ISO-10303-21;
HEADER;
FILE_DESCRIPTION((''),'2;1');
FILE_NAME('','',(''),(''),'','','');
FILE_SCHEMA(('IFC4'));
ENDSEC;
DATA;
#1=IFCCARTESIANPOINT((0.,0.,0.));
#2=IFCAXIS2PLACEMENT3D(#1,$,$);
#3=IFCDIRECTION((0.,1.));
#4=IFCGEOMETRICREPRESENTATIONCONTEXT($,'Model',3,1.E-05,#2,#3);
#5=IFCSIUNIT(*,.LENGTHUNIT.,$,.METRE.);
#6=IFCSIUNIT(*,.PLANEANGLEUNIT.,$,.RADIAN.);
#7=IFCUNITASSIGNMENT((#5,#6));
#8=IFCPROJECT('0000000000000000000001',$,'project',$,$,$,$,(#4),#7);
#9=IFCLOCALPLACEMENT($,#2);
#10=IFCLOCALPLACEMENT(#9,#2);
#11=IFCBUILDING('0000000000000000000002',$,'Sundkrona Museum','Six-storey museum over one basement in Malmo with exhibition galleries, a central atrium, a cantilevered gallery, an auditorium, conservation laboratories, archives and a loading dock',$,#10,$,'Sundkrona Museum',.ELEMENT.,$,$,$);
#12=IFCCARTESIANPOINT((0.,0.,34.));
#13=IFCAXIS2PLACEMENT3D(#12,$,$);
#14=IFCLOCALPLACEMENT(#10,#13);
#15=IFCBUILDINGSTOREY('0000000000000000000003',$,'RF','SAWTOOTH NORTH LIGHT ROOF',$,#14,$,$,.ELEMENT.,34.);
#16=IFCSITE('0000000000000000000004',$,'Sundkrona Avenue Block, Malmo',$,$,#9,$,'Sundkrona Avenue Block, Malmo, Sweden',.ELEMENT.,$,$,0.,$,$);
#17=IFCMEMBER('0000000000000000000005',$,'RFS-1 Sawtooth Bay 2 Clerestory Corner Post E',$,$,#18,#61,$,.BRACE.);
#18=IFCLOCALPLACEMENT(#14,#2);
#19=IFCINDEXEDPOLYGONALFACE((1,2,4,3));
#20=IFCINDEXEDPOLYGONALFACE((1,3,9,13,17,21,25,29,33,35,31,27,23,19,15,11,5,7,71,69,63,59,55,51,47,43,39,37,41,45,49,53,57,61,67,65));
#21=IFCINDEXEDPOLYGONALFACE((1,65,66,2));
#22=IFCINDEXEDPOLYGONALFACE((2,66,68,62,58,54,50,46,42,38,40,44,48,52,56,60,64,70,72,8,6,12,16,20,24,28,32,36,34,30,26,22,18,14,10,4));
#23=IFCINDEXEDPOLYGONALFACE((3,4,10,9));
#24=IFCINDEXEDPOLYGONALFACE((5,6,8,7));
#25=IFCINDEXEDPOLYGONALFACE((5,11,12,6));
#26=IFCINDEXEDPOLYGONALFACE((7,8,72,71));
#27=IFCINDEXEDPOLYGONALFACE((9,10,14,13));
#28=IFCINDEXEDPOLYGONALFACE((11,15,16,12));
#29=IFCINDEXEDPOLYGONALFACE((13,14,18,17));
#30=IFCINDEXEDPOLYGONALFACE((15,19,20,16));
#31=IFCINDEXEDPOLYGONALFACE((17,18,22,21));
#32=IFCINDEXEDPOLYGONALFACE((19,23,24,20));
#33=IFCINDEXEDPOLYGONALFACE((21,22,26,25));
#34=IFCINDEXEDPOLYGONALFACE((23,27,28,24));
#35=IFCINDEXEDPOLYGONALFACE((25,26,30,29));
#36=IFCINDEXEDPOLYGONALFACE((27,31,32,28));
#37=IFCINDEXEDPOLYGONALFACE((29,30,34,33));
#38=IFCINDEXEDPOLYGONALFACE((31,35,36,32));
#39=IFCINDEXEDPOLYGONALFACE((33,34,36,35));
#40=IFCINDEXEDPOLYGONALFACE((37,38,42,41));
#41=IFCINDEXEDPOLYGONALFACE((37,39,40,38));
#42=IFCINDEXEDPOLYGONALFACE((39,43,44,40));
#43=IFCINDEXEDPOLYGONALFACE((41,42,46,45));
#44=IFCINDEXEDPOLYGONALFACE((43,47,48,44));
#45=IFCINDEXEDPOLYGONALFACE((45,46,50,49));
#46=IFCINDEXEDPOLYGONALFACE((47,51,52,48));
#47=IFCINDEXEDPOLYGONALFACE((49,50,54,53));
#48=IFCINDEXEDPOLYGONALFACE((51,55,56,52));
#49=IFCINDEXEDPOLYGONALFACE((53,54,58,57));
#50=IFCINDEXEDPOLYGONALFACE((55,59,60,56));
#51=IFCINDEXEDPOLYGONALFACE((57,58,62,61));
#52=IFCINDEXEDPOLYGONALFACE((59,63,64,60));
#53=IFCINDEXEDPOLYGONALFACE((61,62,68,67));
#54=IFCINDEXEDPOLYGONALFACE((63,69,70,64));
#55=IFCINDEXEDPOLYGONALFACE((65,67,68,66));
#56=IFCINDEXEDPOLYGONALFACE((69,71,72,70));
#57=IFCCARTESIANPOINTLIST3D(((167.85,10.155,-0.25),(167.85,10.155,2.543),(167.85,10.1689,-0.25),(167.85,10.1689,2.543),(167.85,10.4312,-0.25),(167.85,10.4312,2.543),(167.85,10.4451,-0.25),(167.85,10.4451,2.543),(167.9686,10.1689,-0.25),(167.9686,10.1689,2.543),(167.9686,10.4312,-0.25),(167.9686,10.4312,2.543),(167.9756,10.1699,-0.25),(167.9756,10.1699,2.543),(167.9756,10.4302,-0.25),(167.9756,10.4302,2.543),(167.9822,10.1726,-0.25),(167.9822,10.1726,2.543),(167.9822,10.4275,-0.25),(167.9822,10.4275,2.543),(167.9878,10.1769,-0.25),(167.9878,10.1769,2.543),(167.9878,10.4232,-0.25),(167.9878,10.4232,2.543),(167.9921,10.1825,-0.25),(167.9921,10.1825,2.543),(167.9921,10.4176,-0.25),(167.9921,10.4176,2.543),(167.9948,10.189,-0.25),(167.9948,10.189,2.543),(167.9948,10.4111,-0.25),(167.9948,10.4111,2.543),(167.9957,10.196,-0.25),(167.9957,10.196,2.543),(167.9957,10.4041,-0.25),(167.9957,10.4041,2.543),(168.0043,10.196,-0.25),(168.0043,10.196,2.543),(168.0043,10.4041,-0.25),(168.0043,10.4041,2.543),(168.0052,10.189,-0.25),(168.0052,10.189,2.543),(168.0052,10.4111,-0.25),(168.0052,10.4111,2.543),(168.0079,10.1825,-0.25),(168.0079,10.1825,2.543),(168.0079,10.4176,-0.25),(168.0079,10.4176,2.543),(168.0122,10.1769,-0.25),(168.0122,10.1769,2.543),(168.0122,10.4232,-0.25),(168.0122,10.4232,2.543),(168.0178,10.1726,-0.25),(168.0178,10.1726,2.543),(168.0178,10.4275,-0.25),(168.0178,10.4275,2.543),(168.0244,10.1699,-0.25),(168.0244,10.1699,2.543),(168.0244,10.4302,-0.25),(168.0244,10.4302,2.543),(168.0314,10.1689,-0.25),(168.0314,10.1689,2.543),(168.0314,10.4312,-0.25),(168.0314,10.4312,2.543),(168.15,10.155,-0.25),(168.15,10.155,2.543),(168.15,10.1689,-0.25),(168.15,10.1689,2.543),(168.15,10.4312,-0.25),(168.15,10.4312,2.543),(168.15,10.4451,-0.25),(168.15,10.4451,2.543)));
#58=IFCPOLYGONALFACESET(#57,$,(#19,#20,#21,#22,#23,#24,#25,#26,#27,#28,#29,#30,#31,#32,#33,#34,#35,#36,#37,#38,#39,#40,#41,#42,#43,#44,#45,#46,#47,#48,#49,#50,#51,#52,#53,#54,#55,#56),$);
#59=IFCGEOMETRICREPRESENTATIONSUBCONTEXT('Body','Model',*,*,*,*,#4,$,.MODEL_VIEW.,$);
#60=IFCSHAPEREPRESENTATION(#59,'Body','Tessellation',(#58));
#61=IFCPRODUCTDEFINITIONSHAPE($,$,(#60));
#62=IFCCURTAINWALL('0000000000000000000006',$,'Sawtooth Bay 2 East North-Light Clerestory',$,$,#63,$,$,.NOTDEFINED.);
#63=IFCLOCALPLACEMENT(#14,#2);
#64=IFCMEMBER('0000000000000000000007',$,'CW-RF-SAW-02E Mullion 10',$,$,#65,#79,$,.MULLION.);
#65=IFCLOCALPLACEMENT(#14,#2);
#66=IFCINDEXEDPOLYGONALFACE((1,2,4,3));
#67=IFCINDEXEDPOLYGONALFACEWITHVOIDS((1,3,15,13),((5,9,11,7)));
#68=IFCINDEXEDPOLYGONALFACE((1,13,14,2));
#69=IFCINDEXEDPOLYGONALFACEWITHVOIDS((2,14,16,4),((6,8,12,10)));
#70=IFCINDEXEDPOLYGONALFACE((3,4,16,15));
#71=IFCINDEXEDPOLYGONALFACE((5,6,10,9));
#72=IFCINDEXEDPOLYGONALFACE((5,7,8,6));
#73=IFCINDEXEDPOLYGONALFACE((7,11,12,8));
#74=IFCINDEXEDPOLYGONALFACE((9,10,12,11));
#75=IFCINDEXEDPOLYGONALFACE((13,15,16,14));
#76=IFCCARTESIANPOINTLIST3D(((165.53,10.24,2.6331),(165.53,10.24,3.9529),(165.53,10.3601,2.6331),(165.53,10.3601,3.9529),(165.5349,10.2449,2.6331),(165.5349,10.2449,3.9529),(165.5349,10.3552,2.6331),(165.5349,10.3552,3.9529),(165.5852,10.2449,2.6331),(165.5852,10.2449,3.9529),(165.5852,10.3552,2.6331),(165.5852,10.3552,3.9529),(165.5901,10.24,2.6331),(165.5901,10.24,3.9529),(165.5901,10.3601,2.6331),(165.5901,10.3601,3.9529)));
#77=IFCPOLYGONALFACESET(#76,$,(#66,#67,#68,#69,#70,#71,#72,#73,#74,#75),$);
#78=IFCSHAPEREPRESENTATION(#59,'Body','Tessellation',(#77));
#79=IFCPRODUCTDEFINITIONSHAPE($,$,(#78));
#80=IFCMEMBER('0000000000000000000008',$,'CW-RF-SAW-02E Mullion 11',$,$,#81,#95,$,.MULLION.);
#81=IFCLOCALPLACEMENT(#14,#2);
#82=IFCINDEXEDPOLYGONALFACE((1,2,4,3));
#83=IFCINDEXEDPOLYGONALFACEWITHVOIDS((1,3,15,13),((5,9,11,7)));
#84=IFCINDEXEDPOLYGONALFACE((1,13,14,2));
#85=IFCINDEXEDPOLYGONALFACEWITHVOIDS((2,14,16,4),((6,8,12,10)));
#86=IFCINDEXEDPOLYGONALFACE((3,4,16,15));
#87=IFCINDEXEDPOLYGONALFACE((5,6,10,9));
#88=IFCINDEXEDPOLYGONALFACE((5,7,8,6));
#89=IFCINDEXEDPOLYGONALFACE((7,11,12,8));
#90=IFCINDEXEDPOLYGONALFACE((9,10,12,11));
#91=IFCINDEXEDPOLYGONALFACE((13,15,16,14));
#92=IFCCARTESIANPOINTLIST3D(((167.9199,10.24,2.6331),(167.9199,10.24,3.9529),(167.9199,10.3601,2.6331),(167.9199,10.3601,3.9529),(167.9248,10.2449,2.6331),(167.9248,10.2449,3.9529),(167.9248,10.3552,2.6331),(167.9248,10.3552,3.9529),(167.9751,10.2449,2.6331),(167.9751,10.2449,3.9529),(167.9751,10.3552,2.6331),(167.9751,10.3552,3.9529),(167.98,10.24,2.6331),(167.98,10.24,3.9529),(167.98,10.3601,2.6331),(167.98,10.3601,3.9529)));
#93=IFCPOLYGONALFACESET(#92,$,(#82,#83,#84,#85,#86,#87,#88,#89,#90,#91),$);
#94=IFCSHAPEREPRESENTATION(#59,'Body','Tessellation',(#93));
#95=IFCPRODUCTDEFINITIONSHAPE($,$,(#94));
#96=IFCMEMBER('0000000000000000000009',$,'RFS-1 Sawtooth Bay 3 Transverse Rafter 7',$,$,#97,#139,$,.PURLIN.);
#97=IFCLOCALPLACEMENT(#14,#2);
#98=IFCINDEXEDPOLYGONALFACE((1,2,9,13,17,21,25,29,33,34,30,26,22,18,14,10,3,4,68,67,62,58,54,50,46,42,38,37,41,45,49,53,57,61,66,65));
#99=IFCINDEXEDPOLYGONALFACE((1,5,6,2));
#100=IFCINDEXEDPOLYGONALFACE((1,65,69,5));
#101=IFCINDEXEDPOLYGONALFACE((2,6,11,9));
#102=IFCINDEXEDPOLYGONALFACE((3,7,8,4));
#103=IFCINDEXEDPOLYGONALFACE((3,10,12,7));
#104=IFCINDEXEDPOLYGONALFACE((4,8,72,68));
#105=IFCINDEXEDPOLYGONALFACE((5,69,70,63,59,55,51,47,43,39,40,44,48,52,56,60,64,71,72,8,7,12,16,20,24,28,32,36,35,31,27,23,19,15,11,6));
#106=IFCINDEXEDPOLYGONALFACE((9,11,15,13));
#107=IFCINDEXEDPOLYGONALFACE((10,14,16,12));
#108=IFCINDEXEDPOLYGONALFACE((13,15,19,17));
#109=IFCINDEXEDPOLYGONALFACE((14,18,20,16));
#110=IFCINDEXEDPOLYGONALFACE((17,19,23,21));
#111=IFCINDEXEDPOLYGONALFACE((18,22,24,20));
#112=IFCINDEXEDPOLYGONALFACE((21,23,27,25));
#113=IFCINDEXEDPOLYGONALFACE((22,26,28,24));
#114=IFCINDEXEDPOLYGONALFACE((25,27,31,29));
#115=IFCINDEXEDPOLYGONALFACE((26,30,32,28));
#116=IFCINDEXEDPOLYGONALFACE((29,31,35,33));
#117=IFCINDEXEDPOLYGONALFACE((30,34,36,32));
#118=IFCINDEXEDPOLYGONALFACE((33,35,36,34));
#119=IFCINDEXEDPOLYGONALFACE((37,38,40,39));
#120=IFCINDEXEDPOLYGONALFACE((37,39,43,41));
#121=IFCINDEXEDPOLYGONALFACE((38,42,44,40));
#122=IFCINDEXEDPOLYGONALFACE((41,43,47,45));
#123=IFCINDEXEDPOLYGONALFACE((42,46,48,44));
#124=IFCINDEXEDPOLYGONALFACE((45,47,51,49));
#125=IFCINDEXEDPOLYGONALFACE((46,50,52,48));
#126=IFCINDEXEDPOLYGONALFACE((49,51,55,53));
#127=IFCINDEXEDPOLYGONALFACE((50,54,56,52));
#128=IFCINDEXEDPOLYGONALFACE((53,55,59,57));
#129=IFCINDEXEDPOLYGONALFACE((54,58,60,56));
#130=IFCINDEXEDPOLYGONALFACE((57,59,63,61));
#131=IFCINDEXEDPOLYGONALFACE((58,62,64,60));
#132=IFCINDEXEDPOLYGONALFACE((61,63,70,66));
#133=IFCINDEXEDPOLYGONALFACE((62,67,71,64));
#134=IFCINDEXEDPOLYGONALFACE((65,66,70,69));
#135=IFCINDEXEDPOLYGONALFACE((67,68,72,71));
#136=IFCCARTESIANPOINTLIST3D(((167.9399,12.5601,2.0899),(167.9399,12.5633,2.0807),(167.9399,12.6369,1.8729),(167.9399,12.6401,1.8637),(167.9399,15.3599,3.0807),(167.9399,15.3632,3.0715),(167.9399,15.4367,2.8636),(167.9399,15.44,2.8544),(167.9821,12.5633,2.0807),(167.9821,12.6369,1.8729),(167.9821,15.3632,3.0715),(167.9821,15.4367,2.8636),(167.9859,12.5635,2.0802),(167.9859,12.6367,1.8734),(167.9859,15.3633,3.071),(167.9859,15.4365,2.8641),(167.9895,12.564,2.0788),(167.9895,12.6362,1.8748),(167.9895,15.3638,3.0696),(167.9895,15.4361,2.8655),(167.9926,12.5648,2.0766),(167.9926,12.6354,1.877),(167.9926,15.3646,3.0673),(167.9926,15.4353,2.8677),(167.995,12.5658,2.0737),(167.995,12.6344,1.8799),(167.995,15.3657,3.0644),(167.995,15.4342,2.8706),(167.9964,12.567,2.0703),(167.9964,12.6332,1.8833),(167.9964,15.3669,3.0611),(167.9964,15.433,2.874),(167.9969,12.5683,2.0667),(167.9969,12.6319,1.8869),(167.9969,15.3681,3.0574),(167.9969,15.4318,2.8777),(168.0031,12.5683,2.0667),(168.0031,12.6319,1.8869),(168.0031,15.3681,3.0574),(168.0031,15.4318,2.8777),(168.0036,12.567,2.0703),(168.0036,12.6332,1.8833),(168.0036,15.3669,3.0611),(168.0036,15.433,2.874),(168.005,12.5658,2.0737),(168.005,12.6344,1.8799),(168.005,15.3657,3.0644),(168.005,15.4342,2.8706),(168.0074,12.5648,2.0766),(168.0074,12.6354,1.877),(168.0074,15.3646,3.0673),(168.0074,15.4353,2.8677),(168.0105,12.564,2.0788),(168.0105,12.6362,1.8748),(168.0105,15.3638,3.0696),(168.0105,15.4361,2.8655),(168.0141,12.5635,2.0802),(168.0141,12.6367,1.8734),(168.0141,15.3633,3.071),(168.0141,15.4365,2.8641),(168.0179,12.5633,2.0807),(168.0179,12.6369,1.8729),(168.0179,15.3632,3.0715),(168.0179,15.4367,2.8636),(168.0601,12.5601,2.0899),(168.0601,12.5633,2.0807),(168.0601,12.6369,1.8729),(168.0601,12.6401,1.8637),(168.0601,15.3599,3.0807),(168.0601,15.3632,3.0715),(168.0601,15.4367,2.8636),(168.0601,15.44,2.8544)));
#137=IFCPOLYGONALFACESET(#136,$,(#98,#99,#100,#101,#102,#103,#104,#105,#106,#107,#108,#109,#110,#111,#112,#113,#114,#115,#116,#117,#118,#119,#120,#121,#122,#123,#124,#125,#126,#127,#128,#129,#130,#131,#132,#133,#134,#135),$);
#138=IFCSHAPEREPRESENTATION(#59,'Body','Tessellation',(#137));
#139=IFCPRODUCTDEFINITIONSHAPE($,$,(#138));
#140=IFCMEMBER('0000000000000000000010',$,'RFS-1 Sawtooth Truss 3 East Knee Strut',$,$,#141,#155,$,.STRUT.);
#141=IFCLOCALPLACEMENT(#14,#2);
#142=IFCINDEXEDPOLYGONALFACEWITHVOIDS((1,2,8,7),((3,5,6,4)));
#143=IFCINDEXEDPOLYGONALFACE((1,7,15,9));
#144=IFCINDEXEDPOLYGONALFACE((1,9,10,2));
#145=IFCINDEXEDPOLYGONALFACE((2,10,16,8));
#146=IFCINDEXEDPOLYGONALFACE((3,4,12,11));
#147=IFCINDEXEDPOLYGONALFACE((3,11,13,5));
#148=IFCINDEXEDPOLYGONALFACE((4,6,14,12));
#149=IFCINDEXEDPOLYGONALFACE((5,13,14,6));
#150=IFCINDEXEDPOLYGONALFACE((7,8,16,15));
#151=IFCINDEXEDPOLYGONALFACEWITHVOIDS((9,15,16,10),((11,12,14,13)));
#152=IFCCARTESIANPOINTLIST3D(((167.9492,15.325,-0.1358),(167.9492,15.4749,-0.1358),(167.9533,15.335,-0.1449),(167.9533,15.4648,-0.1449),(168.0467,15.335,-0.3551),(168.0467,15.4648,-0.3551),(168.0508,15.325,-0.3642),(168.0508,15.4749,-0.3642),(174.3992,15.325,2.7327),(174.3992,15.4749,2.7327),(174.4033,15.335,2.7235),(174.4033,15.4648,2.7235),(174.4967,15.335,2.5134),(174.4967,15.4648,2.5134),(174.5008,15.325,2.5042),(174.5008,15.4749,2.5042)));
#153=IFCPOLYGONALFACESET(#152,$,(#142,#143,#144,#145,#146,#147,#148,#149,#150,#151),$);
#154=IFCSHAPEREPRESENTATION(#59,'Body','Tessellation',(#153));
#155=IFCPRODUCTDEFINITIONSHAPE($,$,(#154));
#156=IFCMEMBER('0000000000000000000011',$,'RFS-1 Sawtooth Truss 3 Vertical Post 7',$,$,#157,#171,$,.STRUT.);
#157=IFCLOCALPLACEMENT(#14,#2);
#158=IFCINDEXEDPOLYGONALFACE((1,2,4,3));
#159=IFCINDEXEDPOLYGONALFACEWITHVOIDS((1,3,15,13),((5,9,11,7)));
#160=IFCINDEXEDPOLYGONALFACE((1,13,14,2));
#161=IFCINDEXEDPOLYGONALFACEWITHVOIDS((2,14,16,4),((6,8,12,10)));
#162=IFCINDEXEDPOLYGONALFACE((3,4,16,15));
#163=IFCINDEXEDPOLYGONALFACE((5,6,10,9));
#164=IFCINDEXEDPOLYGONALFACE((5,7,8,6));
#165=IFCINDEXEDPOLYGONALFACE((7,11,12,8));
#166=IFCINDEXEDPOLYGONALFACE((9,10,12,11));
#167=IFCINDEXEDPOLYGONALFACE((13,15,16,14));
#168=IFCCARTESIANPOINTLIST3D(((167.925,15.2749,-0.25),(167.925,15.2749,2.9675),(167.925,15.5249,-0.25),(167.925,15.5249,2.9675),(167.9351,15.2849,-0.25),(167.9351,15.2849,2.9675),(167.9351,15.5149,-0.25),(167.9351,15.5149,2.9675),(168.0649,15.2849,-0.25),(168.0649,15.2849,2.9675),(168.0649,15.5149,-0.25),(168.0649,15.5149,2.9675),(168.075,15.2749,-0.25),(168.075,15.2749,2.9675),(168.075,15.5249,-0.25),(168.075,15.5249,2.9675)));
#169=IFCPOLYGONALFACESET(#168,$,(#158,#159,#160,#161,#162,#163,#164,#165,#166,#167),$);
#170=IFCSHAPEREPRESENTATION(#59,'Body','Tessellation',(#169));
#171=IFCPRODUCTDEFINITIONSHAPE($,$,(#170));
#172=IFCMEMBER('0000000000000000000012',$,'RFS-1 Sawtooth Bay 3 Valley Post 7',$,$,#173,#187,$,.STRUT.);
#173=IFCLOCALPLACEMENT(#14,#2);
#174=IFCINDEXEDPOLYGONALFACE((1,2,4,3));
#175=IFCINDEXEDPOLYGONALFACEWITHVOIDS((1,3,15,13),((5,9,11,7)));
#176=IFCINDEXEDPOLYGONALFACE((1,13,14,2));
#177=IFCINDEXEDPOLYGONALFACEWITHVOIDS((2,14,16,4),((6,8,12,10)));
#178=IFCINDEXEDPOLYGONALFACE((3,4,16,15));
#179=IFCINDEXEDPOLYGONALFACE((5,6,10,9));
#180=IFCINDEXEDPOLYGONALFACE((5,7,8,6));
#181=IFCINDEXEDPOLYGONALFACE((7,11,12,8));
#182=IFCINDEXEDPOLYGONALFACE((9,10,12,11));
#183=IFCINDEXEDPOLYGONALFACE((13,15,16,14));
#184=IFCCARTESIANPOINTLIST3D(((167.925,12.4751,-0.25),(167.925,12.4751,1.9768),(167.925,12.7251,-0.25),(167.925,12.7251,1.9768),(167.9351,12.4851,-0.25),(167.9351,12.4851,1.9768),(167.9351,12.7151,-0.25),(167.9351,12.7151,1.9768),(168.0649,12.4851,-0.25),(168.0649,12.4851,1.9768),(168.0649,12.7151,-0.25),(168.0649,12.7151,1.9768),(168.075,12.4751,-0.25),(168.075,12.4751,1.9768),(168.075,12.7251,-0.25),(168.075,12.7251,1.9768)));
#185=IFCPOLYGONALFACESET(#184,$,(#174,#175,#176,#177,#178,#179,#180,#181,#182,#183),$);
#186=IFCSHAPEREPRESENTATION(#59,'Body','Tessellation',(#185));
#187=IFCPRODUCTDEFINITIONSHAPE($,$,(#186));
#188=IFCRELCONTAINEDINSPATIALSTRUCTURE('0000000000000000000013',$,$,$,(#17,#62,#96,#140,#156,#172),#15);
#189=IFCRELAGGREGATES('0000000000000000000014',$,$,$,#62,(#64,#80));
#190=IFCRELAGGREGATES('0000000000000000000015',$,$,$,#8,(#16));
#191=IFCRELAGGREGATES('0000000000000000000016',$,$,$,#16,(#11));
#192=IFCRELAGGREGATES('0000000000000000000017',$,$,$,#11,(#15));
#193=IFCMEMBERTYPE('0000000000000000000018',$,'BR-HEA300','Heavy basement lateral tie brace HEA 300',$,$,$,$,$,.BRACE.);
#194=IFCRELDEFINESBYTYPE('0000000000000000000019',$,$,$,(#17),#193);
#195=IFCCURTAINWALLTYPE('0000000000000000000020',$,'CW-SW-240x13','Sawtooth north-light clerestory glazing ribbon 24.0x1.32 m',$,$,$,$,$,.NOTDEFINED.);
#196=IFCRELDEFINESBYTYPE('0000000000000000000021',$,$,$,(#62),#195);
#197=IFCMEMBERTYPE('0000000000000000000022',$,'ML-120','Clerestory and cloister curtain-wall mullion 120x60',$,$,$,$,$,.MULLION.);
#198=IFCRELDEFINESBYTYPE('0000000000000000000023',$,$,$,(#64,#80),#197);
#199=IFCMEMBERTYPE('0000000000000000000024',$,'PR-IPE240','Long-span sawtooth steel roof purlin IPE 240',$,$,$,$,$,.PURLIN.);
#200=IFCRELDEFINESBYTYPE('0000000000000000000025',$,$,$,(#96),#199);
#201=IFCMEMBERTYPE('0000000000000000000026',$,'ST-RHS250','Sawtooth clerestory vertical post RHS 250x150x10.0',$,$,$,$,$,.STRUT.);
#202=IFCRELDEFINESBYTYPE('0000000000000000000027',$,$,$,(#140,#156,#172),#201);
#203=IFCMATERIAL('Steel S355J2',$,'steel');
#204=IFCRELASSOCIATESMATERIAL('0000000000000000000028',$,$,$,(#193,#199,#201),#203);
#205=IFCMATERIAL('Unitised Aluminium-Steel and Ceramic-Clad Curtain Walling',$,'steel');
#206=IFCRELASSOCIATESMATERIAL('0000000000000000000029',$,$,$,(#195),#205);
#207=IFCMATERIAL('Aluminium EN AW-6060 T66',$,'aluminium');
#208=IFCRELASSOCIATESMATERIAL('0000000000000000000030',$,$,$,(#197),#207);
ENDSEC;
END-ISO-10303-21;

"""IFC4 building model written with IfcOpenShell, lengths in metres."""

from ifc_helpers import new_model, si_unit, direction, frame, origin, origin_2d, place, context, subcontext, project, spatial, hollow_rectangle, i_section, extrude, material, material_profile, profile_set, type_object, element, aggregate, save


model = new_model("IFC4")

# Units and contexts
model_context = context("Model", 3, precision=1e-05, world=origin(), true_north=direction((0.0, 1.0)))
body_context = subcontext(model_context, "Body", "Model", "MODEL_VIEW")
ifc_project = project(units=[si_unit("LENGTHUNIT", "METRE"), si_unit("PLANEANGLEUNIT", "RADIAN")], contexts=[model_context])

# Site, building, storey
site_placement = place(None, origin())
site = spatial("IfcSite", under=ifc_project, at=site_placement, Name="Sundkrona Avenue Block, Malmo", LongName="Sundkrona Avenue Block, Malmo, Sweden", CompositionType="ELEMENT", RefElevation=0.0)
building_placement = place(site_placement, origin())
building = spatial("IfcBuilding", under=site, at=building_placement, Name="Sundkrona Museum", Description="Six-storey museum over one basement in Malmo with exhibition galleries, a central atrium, a cantilevered gallery, an auditorium, conservation laboratories, archives and a loading dock", LongName="Sundkrona Museum", CompositionType="ELEMENT")
storey_placement = place(building_placement, frame((0.0, 0.0, 34.0)))
storey = spatial("IfcBuildingStorey", under=building, at=storey_placement, Name="RF", Description="SAWTOOTH NORTH LIGHT ROOF", CompositionType="ELEMENT", Elevation=34.0)

# Member
ifc_material_1 = material(Name="Steel S355J2", Category="steel")
ifc_material_profile_1 = material_profile(ifc_material_1, i_section(OverallWidth=0.3, OverallDepth=0.29, WebThickness=0.0085, FlangeThickness=0.0139, FilletRadius=0.0271, at=origin_2d()), Name="HEA 300")
ifc_profile_set_1 = profile_set([ifc_material_profile_1], Name="Steel S355J2")
member_type_1 = type_object("IfcMemberType", Name="BR-HEA300", Description="Heavy basement lateral tie brace HEA 300", PredefinedType="BRACE", material=ifc_profile_set_1)
member_1_placement = place(storey_placement, frame((168.0, 10.3, -0.25), z_axis=(0.0, 0.0, 1.0), x_axis=(1.0, 0.0, 0.0)))
element("IfcMember", 1, at=member_1_placement, inside=storey, type_object=member_type_1, Name="RFS-1 Sawtooth Bay 2 Clerestory Corner Post E", PredefinedType="BRACE", context=body_context, shape_type="SweptSolid", body=[
    extrude(i_section(OverallWidth=0.3, OverallDepth=0.29, WebThickness=0.0085, FlangeThickness=0.0139, FilletRadius=0.0271, at=origin_2d()), origin(), (0.0, 0.0, 1.0), 2.793),
])

# Curtain wall, members
ifc_material_2 = material(Name="Unitised Aluminium-Steel and Ceramic-Clad Curtain Walling", Category="steel")
curtain_wall_type = type_object("IfcCurtainWallType", Name="CW-SW-240x13", Description="Sawtooth north-light clerestory glazing ribbon 24.0x1.32 m", PredefinedType="NOTDEFINED", material=ifc_material_2)
curtain_wall_placement = place(storey_placement, origin())
curtain_wall = element("IfcCurtainWall", 2, at=curtain_wall_placement, inside=storey, type_object=curtain_wall_type, Name="Sawtooth Bay 2 East North-Light Clerestory", PredefinedType="NOTDEFINED")
ifc_material_3 = material(Name="Aluminium EN AW-6060 T66", Category="aluminium")
ifc_material_profile_2 = material_profile(ifc_material_3, hollow_rectangle(XDim=0.0601, YDim=0.1201, WallThickness=0.0049, at=origin_2d()), Name="RHS 120x60x5.0")
ifc_profile_set_2 = profile_set([ifc_material_profile_2], Name="Aluminium EN AW-6060 T66")
member_type_2 = type_object("IfcMemberType", Name="ML-120", Description="Clerestory and cloister curtain-wall mullion 120x60", PredefinedType="MULLION", material=ifc_profile_set_2)
member_2_placement = place(storey_placement, frame((165.5601, 10.3, 2.6331), z_axis=(0.0, 0.0, 1.0), x_axis=(1.0, 0.0, 0.0)))
member_2 = element("IfcMember", 3, at=member_2_placement, type_object=member_type_2, Name="CW-RF-SAW-02E Mullion 10", PredefinedType="MULLION", context=body_context, shape_type="SweptSolid", body=[
    extrude(hollow_rectangle(XDim=0.0601, YDim=0.1201, WallThickness=0.0049, at=origin_2d()), origin(), (0.0, 0.0, 1.0), 1.3198),
])
member_3_placement = place(storey_placement, frame((167.95, 10.3, 2.6331), z_axis=(0.0, 0.0, 1.0), x_axis=(1.0, 0.0, 0.0)))
member_3 = element("IfcMember", 4, at=member_3_placement, type_object=member_type_2, Name="CW-RF-SAW-02E Mullion 11", PredefinedType="MULLION", context=body_context, shape_type="SweptSolid", body=[
    extrude(hollow_rectangle(XDim=0.0601, YDim=0.1201, WallThickness=0.0049, at=origin_2d()), origin(), (0.0, 0.0, 1.0), 1.3198),
])

# Members
ifc_material_profile_3 = material_profile(ifc_material_1, i_section(OverallWidth=0.1201, OverallDepth=0.24, WebThickness=0.0061, FlangeThickness=0.0098, FilletRadius=0.0149, at=origin_2d()), Name="IPE 240")
ifc_profile_set_3 = profile_set([ifc_material_profile_3], Name="Steel S355J2")
member_type_3 = type_object("IfcMemberType", Name="PR-IPE240", Description="Long-span sawtooth steel roof purlin IPE 240", PredefinedType="PURLIN", material=ifc_profile_set_3)
member_4_placement = place(storey_placement, frame((168.0, 12.6001, 1.9768), z_axis=(0.0, 0.94272, 0.333585), x_axis=(-1.0, 0.0, 0.0)))
element("IfcMember", 5, at=member_4_placement, inside=storey, type_object=member_type_3, Name="RFS-1 Sawtooth Bay 3 Transverse Rafter 7", PredefinedType="PURLIN", context=body_context, shape_type="SweptSolid", body=[
    extrude(i_section(OverallWidth=0.1201, OverallDepth=0.24, WebThickness=0.0061, FlangeThickness=0.0098, FilletRadius=0.0149, at=origin_2d()), origin(), (0.0, 0.0, 1.0), 2.97),
])
ifc_material_profile_4 = material_profile(ifc_material_1, hollow_rectangle(XDim=0.1499, YDim=0.25, WallThickness=0.01, at=origin_2d()), Name="RHS 250x150x10.0")
ifc_profile_set_4 = profile_set([ifc_material_profile_4], Name="Steel S355J2")
member_type_4 = type_object("IfcMemberType", Name="ST-RHS250", Description="Sawtooth clerestory vertical post RHS 250x150x10.0", PredefinedType="STRUT", material=ifc_profile_set_4)
member_5_placement = place(storey_placement, frame((168.0, 15.3999, -0.25), z_axis=(0.913719, 0.0, 0.406347), x_axis=(0.0, 1.0, 0.0)))
element("IfcMember", 6, at=member_5_placement, inside=storey, type_object=member_type_4, Name="RFS-1 Sawtooth Truss 3 East Knee Strut", PredefinedType="STRUT", context=body_context, shape_type="SweptSolid", body=[
    extrude(hollow_rectangle(XDim=0.1499, YDim=0.25, WallThickness=0.01, at=origin_2d()), origin(), (0.0, 0.0, 1.0), 7.0591),
])
member_6_placement = place(storey_placement, frame((168.0, 15.3999, -0.25), z_axis=(0.0, 0.0, 1.0), x_axis=(1.0, 0.0, 0.0)))
element("IfcMember", 7, at=member_6_placement, inside=storey, type_object=member_type_4, Name="RFS-1 Sawtooth Truss 3 Vertical Post 7", PredefinedType="STRUT", context=body_context, shape_type="SweptSolid", body=[
    extrude(hollow_rectangle(XDim=0.1499, YDim=0.25, WallThickness=0.01, at=origin_2d()), origin(), (0.0, 0.0, 1.0), 3.2175),
])
member_7_placement = place(storey_placement, frame((168.0, 12.6001, -0.25), z_axis=(0.0, 0.0, 1.0), x_axis=(1.0, 0.0, 0.0)))
element("IfcMember", 8, at=member_7_placement, inside=storey, type_object=member_type_4, Name="RFS-1 Sawtooth Bay 3 Valley Post 7", PredefinedType="STRUT", context=body_context, shape_type="SweptSolid", body=[
    extrude(hollow_rectangle(XDim=0.1499, YDim=0.25, WallThickness=0.01, at=origin_2d()), origin(), (0.0, 0.0, 1.0), 2.2268),
])

aggregate(curtain_wall, [member_2, member_3])

save(model, "model.ifc")
